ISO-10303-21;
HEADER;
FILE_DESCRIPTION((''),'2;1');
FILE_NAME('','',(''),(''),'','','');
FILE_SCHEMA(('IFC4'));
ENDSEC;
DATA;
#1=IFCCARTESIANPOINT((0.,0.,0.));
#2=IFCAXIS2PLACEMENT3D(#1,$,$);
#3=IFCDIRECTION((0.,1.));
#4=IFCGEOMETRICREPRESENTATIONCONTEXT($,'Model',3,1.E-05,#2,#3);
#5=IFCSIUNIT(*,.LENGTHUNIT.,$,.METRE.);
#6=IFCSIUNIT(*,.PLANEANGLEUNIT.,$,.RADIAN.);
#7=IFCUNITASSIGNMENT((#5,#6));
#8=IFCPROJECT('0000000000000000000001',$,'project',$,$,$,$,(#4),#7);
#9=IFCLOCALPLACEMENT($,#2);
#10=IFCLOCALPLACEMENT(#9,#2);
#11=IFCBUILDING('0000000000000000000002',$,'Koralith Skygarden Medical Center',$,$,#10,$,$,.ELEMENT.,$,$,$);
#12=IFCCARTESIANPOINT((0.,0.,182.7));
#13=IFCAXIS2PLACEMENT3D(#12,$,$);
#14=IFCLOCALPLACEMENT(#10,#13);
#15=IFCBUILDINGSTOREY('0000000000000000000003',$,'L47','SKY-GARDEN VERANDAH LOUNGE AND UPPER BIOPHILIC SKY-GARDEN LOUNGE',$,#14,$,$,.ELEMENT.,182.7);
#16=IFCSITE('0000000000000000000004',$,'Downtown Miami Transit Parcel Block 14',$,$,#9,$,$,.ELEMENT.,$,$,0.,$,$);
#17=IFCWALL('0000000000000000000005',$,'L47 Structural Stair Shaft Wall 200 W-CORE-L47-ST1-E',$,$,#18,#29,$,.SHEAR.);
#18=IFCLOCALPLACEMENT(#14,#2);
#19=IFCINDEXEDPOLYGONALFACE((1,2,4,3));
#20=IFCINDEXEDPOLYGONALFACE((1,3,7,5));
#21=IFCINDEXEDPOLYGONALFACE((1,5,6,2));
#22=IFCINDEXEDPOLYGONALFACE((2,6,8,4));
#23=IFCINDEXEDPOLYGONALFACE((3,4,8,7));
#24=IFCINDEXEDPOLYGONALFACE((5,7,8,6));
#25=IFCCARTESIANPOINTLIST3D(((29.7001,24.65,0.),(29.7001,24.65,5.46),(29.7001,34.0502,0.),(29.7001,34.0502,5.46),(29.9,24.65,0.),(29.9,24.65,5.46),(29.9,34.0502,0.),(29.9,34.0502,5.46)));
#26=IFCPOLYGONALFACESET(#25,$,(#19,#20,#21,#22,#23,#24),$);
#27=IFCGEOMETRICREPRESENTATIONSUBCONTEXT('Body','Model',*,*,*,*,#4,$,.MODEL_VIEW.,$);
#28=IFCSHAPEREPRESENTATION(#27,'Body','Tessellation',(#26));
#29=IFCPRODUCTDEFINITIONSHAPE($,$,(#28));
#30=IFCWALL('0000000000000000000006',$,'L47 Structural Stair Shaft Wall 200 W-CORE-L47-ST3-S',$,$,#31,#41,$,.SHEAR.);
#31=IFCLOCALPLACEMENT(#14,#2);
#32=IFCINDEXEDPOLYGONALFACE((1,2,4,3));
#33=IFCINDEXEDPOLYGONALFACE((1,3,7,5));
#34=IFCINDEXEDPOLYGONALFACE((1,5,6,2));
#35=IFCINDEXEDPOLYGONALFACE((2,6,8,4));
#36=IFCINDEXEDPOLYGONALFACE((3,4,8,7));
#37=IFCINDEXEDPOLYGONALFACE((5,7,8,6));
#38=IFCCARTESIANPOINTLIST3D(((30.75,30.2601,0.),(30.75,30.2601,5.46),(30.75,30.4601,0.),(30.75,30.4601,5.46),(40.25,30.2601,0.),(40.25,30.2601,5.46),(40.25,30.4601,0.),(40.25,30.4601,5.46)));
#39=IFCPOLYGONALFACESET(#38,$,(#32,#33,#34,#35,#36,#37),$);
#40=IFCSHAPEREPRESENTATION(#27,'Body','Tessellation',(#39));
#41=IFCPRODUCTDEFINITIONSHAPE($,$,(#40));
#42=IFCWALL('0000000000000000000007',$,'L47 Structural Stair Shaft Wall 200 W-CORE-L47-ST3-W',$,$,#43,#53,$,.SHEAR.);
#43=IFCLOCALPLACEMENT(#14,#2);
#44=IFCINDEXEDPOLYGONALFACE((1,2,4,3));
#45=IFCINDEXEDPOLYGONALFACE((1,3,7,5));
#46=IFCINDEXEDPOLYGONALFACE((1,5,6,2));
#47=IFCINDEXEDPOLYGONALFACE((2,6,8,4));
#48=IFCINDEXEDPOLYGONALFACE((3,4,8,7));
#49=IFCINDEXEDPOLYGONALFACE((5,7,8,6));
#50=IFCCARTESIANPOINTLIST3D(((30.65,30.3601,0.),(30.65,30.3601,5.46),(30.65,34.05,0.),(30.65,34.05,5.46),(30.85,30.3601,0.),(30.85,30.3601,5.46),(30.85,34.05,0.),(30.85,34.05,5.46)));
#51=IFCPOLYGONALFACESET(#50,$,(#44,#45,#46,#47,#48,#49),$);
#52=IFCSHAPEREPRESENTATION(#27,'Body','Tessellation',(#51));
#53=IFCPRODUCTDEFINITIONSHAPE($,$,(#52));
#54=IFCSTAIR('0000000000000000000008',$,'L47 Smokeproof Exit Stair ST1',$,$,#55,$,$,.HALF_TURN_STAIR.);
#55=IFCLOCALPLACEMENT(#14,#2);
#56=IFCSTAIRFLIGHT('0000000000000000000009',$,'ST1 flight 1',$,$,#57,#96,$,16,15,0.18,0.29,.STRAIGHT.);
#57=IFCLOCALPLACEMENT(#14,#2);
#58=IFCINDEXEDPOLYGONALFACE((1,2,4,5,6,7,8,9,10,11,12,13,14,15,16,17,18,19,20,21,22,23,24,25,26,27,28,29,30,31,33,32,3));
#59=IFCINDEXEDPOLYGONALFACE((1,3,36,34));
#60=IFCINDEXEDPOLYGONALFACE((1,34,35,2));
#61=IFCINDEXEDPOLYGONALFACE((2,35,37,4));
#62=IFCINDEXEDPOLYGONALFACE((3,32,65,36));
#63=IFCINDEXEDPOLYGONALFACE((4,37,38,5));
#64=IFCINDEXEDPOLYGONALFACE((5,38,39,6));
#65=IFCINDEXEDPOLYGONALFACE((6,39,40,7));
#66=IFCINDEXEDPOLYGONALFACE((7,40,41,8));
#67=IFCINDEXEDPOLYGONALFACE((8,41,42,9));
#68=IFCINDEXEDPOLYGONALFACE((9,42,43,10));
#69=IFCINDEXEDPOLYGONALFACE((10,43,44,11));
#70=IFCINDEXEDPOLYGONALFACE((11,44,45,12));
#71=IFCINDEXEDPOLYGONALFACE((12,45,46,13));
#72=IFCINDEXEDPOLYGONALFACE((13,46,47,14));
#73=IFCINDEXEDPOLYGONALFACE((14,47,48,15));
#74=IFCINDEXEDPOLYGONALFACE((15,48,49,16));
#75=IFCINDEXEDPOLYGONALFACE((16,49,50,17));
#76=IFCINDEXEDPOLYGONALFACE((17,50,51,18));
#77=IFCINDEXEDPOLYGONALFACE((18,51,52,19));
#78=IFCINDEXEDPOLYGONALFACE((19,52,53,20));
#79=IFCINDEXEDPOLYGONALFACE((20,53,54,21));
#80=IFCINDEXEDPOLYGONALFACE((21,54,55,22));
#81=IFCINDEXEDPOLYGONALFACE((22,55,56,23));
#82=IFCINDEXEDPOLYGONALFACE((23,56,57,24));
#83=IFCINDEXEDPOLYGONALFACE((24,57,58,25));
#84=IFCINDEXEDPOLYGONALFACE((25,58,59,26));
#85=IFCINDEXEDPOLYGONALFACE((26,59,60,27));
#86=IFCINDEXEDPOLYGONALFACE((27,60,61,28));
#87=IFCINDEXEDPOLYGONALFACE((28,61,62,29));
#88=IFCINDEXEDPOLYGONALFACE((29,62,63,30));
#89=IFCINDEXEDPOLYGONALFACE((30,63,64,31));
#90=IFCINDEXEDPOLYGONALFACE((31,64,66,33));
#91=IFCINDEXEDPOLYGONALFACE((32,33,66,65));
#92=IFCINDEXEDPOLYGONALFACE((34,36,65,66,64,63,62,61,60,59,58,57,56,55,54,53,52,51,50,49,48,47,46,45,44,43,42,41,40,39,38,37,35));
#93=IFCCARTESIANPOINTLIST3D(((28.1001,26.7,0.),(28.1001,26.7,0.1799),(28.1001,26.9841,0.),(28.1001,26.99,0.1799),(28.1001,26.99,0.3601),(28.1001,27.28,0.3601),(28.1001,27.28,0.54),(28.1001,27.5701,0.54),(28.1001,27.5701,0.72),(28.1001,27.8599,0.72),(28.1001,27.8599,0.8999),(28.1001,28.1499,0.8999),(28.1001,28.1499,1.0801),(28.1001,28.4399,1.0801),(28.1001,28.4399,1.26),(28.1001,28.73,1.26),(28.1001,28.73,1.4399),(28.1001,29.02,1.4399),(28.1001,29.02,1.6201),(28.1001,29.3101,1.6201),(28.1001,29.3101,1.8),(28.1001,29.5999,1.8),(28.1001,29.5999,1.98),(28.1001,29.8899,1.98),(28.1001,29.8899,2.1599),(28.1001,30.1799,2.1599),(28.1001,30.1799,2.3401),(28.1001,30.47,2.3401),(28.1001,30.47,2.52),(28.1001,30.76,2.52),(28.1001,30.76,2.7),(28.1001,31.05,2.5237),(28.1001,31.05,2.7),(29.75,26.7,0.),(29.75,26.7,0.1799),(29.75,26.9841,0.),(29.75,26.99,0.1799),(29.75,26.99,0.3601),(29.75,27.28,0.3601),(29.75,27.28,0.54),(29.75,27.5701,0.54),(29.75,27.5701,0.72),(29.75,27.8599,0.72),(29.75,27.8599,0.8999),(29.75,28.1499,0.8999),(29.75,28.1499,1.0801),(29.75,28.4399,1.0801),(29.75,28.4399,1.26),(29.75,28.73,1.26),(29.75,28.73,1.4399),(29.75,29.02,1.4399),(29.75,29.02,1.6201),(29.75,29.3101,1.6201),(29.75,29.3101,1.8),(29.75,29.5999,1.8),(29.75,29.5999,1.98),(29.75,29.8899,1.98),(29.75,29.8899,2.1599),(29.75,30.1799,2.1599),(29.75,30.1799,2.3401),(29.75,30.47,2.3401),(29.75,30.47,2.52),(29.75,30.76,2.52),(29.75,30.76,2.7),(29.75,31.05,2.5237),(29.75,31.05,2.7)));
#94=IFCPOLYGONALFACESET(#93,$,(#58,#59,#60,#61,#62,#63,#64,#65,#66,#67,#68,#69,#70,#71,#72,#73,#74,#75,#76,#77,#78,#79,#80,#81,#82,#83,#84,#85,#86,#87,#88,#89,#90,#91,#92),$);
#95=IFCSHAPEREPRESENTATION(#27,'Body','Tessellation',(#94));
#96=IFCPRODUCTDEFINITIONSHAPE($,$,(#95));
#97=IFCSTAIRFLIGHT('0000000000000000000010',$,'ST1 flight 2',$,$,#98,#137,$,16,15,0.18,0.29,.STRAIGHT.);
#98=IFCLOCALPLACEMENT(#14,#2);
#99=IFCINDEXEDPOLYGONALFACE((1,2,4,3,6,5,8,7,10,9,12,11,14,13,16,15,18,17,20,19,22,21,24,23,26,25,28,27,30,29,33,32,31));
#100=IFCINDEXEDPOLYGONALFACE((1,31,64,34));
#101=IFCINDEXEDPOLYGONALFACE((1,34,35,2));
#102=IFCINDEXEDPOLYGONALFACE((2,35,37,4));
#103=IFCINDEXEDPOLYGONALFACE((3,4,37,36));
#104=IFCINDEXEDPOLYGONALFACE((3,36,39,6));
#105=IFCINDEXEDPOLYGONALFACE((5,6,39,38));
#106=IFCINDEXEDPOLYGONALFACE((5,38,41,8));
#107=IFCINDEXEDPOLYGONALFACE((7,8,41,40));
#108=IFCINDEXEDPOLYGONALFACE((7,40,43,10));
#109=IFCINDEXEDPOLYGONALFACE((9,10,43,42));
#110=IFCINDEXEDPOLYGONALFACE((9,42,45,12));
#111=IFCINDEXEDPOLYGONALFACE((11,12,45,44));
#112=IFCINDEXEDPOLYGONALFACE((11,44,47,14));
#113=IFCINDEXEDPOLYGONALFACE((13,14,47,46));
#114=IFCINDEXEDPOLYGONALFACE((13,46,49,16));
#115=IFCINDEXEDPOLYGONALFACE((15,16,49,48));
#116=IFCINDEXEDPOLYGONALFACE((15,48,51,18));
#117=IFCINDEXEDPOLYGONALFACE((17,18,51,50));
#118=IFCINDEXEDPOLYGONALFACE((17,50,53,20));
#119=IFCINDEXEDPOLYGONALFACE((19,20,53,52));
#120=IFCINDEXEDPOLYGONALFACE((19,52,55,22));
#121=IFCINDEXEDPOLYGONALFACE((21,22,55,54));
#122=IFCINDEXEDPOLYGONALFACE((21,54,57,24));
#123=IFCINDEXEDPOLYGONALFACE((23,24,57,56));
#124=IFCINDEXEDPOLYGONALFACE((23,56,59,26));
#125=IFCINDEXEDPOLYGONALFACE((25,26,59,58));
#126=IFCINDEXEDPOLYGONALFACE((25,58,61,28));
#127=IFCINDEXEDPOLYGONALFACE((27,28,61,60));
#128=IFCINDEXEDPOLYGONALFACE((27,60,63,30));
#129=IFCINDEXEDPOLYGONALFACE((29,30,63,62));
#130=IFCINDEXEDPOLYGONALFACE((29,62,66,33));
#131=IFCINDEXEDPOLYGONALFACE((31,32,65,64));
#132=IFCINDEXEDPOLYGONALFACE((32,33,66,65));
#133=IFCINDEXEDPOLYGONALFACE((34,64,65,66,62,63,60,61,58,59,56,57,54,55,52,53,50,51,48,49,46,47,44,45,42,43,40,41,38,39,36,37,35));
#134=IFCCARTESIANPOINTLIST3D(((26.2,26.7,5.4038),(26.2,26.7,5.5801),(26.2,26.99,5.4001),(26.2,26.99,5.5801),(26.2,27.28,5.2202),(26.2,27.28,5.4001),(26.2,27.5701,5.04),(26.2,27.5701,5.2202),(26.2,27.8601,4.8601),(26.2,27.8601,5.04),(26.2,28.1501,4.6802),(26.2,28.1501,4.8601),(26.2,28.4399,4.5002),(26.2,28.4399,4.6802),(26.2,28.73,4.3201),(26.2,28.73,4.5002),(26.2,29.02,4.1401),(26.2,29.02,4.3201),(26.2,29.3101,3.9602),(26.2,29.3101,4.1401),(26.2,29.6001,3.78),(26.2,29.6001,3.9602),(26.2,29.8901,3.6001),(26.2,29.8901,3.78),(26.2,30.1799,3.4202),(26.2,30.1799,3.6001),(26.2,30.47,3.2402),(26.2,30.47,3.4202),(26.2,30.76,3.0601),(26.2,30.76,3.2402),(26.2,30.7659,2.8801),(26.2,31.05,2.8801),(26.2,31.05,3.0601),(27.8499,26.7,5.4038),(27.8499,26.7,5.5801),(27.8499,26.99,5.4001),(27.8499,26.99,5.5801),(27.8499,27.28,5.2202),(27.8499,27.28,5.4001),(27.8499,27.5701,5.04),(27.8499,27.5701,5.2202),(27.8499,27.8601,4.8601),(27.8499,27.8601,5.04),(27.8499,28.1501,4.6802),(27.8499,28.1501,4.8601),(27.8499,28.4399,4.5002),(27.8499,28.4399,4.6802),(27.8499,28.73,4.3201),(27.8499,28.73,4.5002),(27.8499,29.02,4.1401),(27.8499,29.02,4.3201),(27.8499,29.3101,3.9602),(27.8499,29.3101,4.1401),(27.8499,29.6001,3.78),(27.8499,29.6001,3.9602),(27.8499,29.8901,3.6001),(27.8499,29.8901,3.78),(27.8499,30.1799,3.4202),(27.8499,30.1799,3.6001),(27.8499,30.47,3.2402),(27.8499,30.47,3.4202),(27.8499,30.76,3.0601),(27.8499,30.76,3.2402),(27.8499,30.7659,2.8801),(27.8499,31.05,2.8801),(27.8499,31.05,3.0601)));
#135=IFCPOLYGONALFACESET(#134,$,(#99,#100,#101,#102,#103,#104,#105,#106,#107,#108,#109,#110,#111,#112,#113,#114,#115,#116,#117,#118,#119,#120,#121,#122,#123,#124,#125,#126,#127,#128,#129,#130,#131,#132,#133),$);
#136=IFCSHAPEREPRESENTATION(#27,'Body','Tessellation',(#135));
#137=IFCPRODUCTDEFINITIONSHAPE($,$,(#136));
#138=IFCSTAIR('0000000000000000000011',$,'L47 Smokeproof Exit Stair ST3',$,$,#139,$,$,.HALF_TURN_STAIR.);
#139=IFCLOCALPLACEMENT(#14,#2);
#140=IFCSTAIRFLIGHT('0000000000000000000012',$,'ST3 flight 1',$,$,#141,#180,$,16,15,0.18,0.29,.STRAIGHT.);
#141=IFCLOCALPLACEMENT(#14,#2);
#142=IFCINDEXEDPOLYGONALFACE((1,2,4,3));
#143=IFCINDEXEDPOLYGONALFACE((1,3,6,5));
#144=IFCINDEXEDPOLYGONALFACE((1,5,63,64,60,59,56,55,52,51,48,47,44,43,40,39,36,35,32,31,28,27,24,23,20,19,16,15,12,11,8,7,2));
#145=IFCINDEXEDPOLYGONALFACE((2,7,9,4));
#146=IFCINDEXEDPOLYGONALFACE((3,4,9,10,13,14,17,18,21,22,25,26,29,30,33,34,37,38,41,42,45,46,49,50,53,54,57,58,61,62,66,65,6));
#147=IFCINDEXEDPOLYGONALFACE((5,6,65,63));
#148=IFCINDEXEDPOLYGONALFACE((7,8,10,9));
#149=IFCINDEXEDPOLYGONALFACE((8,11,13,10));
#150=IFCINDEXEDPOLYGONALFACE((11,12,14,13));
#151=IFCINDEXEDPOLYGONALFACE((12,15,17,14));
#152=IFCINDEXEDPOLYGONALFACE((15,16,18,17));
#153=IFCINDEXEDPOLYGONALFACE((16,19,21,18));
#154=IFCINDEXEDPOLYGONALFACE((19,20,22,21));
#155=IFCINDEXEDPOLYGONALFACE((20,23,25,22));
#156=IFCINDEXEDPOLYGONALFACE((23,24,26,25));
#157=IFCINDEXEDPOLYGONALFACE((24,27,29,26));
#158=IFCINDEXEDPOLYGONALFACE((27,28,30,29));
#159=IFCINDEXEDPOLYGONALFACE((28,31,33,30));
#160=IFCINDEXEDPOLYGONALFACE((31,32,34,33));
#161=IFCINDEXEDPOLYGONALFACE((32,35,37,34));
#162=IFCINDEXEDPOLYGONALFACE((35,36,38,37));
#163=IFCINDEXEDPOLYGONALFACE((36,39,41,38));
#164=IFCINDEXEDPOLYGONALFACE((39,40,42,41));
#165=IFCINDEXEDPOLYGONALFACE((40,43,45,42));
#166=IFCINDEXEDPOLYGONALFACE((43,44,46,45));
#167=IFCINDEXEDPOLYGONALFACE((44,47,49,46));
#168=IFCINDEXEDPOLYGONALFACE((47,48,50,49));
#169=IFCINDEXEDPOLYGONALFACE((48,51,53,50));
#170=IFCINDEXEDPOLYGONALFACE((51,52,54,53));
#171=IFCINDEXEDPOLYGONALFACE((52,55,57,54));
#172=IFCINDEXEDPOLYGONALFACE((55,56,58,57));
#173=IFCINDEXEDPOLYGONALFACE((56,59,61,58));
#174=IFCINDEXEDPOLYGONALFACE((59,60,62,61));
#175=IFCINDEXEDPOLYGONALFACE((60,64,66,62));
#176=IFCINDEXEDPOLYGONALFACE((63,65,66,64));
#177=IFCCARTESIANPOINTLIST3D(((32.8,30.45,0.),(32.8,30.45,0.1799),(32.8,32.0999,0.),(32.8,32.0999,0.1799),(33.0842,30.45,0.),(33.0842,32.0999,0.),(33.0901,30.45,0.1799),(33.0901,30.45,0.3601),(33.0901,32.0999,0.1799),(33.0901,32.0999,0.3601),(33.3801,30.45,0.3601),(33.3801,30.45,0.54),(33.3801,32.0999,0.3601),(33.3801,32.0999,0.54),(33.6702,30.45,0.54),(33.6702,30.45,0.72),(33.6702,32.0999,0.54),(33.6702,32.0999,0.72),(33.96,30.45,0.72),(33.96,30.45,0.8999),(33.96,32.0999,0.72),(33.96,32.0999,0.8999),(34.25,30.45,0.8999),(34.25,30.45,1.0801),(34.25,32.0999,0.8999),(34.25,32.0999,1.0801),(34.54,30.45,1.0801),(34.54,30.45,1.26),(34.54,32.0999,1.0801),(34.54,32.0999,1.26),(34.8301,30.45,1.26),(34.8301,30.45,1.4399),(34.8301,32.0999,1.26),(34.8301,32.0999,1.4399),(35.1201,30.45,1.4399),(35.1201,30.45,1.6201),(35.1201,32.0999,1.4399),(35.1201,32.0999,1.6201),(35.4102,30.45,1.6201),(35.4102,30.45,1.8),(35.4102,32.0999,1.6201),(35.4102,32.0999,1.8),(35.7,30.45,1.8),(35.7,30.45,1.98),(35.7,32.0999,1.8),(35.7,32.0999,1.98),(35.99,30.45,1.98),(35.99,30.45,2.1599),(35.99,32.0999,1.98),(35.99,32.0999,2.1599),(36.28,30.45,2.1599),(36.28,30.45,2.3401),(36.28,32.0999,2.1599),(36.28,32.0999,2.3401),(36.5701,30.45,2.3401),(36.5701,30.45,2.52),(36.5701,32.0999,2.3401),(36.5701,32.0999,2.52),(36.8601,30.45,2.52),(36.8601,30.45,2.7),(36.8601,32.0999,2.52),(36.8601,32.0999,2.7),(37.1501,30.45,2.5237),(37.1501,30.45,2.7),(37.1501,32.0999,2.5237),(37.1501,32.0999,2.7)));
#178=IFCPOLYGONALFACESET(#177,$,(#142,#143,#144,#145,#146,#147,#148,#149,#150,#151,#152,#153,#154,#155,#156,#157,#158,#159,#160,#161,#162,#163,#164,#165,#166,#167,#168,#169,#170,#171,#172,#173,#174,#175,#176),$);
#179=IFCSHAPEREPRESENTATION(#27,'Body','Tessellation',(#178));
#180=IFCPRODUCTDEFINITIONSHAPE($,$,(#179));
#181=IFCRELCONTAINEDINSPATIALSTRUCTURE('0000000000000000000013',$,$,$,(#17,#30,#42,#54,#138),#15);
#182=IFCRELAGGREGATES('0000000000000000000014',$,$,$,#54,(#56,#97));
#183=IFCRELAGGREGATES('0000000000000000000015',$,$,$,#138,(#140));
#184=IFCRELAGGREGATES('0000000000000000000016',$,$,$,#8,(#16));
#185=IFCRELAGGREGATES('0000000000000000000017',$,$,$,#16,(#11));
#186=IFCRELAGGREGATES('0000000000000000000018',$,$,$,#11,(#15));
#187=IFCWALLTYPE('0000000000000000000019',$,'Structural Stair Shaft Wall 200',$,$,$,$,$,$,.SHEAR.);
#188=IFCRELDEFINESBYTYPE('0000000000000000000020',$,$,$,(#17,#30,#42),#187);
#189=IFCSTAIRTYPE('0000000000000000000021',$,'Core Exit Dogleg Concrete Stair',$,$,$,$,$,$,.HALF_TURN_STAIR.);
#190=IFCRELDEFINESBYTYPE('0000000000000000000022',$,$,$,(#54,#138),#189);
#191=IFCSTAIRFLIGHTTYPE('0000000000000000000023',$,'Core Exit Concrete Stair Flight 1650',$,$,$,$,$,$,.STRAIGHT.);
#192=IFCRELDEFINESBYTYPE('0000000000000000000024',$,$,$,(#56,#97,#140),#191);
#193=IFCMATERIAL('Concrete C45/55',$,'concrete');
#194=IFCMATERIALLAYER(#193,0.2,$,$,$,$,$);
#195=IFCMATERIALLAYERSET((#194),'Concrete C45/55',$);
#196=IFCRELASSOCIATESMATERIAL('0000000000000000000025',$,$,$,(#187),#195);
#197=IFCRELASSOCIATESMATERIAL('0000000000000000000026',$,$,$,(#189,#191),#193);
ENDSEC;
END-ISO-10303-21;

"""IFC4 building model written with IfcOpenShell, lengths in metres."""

from ifc_helpers import new_model, si_unit, direction, frame, frame_2d, origin, place, context, subcontext, project, spatial, polyline, rectangle, outline, extrude, material, layer, layer_set, type_object, element, aggregate, save


model = new_model("IFC4")

# Units and contexts
model_context = context("Model", 3, precision=1e-05, world=origin(), true_north=direction((0.0, 1.0)))
body_context = subcontext(model_context, "Body", "Model", "MODEL_VIEW")
ifc_project = project(units=[si_unit("LENGTHUNIT", "METRE"), si_unit("PLANEANGLEUNIT", "RADIAN")], contexts=[model_context])

# Site, building, storey
site_placement = place(None, origin())
site = spatial("IfcSite", under=ifc_project, at=site_placement, Name="Downtown Miami Transit Parcel Block 14", CompositionType="ELEMENT", RefElevation=0.0)
building_placement = place(site_placement, origin())
building = spatial("IfcBuilding", under=site, at=building_placement, Name="Koralith Skygarden Medical Center", CompositionType="ELEMENT")
storey_placement = place(building_placement, frame((0.0, 0.0, 182.7)))
storey = spatial("IfcBuildingStorey", under=building, at=storey_placement, Name="L47", Description="SKY-GARDEN VERANDAH LOUNGE AND UPPER BIOPHILIC SKY-GARDEN LOUNGE", CompositionType="ELEMENT", Elevation=182.7)

# Walls
ifc_material_1 = material(Name="Concrete C45/55", Category="concrete")
ifc_layer_1 = layer(ifc_material_1, 0.2)
ifc_layer_set_1 = layer_set([ifc_layer_1], Name="Concrete C45/55")
wall_type_1 = type_object("IfcWallType", Name="Structural Stair Shaft Wall 200", PredefinedType="SHEAR", material=ifc_layer_set_1)
wall_1_placement = place(storey_placement, frame((29.8, 24.6499, 0.0), z_axis=(0.0, 0.0, 1.0), x_axis=(0.0, 1.0, 0.0)))
element("IfcWall", 1, at=wall_1_placement, inside=storey, type_object=wall_type_1, Name="L47 Structural Stair Shaft Wall 200 W-CORE-L47-ST1-E", PredefinedType="SHEAR", context=body_context, shape_type="SweptSolid", body=[
    extrude(rectangle(XDim=9.4001, YDim=0.2, at=frame_2d((4.7002, 0.0))), origin(), (0.0, 0.0, 1.0), 5.46),
])
wall_2_placement = place(storey_placement, frame((30.75, 30.3601, 0.0), z_axis=(0.0, 0.0, 1.0), x_axis=(1.0, 0.0, 0.0)))
element("IfcWall", 2, at=wall_2_placement, inside=storey, type_object=wall_type_1, Name="L47 Structural Stair Shaft Wall 200 W-CORE-L47-ST3-S", PredefinedType="SHEAR", context=body_context, shape_type="SweptSolid", body=[
    extrude(rectangle(XDim=9.5, YDim=0.2, at=frame_2d((4.75, 0.0))), origin(), (0.0, 0.0, 1.0), 5.46),
])
wall_3_placement = place(storey_placement, frame((30.75, 30.3601, 0.0), z_axis=(0.0, 0.0, 1.0), x_axis=(0.0, 1.0, 0.0)))
element("IfcWall", 3, at=wall_3_placement, inside=storey, type_object=wall_type_1, Name="L47 Structural Stair Shaft Wall 200 W-CORE-L47-ST3-W", PredefinedType="SHEAR", context=body_context, shape_type="SweptSolid", body=[
    extrude(rectangle(XDim=3.6899, YDim=0.2, at=frame_2d((1.845, 0.0))), origin(), (0.0, 0.0, 1.0), 5.46),
])

# Stair, stair flights
stair_type = type_object("IfcStairType", Name="Core Exit Dogleg Concrete Stair", PredefinedType="HALF_TURN_STAIR", material=ifc_material_1)
stair_1_placement = place(storey_placement, origin())
stair_1 = element("IfcStair", 4, at=stair_1_placement, inside=storey, type_object=stair_type, Name="L47 Smokeproof Exit Stair ST1", PredefinedType="HALF_TURN_STAIR")
stair_flight_type = type_object("IfcStairFlightType", Name="Core Exit Concrete Stair Flight 1650", PredefinedType="STRAIGHT", material=ifc_material_1)
stair_flight_1_placement = place(storey_placement, frame((28.925, 26.7, 0.0), z_axis=(0.0, 0.0, 1.0), x_axis=(0.0, 1.0, 0.0)))
stair_flight_1 = element("IfcStairFlight", 5, at=stair_flight_1_placement, type_object=stair_flight_type, Name="ST1 flight 1", NumberOfRisers=16, NumberOfTreads=15, PredefinedType="STRAIGHT", RiserHeight=0.18, TreadLength=0.29, context=body_context, shape_type="SweptSolid", body=[
    extrude(outline(polyline([(0.0, 0.0), (0.0, 0.1799), (0.29, 0.1799), (0.29, 0.3601), (0.5801, 0.3601), (0.5801, 0.54), (0.8701, 0.54), (0.8701, 0.72), (1.1599, 0.72), (1.1599, 0.8999), (1.45, 0.8999), (1.45, 1.0801), (1.74, 1.0801), (1.74, 1.26), (2.03, 1.26), (2.03, 1.4399), (2.3201, 1.4399), (2.3201, 1.6201), (2.6101, 1.6201), (2.6101, 1.8), (2.8999, 1.8), (2.8999, 1.98), (3.1899, 1.98), (3.1899, 2.1599), (3.48, 2.1599), (3.48, 2.3401), (3.77, 2.3401), (3.77, 2.52), (4.0601, 2.52), (4.0601, 2.7), (4.3501, 2.7), (4.3501, 2.8799), (4.3501, 2.5237), (0.2842, 0.0), (0.0, 0.0)])), frame((0.0, 0.825, 0.0), z_axis=(0.0, -1.0, 0.0), x_axis=(1.0, 0.0, 0.0)), (0.0, 0.0, 1.0), 1.6499),
])
stair_flight_2_placement = place(storey_placement, frame((27.0249, 31.05, 2.8801), z_axis=(0.0, 0.0, 1.0), x_axis=(0.0, -1.0, 0.0)))
stair_flight_2 = element("IfcStairFlight", 6, at=stair_flight_2_placement, type_object=stair_flight_type, Name="ST1 flight 2", NumberOfRisers=16, NumberOfTreads=15, PredefinedType="STRAIGHT", RiserHeight=0.18, TreadLength=0.29, context=body_context, shape_type="SweptSolid", body=[
    extrude(outline(polyline([(0.0, 0.0), (0.0, 0.1799), (0.29, 0.1799), (0.29, 0.3601), (0.5801, 0.3601), (0.5801, 0.54), (0.8701, 0.54), (0.8701, 0.72), (1.1599, 0.72), (1.1599, 0.8999), (1.45, 0.8999), (1.45, 1.0801), (1.74, 1.0801), (1.74, 1.26), (2.03, 1.26), (2.03, 1.4399), (2.3201, 1.4399), (2.3201, 1.6201), (2.6101, 1.6201), (2.6101, 1.8), (2.8999, 1.8), (2.8999, 1.98), (3.1899, 1.98), (3.1899, 2.1599), (3.48, 2.1599), (3.48, 2.3401), (3.77, 2.3401), (3.77, 2.52), (4.0601, 2.52), (4.0601, 2.7), (4.3501, 2.7), (4.3501, 2.8799), (4.3501, 2.5237), (0.2842, 0.0), (0.0, 0.0)])), frame((0.0, 0.825, 0.0), z_axis=(0.0, -1.0, 0.0), x_axis=(1.0, 0.0, 0.0)), (0.0, 0.0, 1.0), 1.6499),
])
aggregate(stair_1, [stair_flight_1, stair_flight_2])

# Stair, stair flight
stair_2_placement = place(storey_placement, origin())
stair_2 = element("IfcStair", 7, at=stair_2_placement, inside=storey, type_object=stair_type, Name="L47 Smokeproof Exit Stair ST3", PredefinedType="HALF_TURN_STAIR")
stair_flight_3_placement = place(storey_placement, frame((32.8, 31.2749, 0.0), z_axis=(0.0, 0.0, 1.0), x_axis=(1.0, 0.0, 0.0)))
stair_flight_3 = element("IfcStairFlight", 8, at=stair_flight_3_placement, type_object=stair_flight_type, Name="ST3 flight 1", NumberOfRisers=16, NumberOfTreads=15, PredefinedType="STRAIGHT", RiserHeight=0.18, TreadLength=0.29, context=body_context, shape_type="SweptSolid", body=[
    extrude(outline(polyline([(0.0, 0.0), (0.0, 0.1799), (0.29, 0.1799), (0.29, 0.3601), (0.5801, 0.3601), (0.5801, 0.54), (0.8701, 0.54), (0.8701, 0.72), (1.1599, 0.72), (1.1599, 0.8999), (1.45, 0.8999), (1.45, 1.0801), (1.74, 1.0801), (1.74, 1.26), (2.03, 1.26), (2.03, 1.4399), (2.3201, 1.4399), (2.3201, 1.6201), (2.6101, 1.6201), (2.6101, 1.8), (2.8999, 1.8), (2.8999, 1.98), (3.1899, 1.98), (3.1899, 2.1599), (3.48, 2.1599), (3.48, 2.3401), (3.77, 2.3401), (3.77, 2.52), (4.0601, 2.52), (4.0601, 2.7), (4.3501, 2.7), (4.3501, 2.8799), (4.3501, 2.5237), (0.2842, 0.0), (0.0, 0.0)])), frame((0.0, 0.825, 0.0), z_axis=(0.0, -1.0, 0.0), x_axis=(1.0, 0.0, 0.0)), (0.0, 0.0, 1.0), 1.6499),
])
aggregate(stair_2, [stair_flight_3])

save(model, "model.ifc")
